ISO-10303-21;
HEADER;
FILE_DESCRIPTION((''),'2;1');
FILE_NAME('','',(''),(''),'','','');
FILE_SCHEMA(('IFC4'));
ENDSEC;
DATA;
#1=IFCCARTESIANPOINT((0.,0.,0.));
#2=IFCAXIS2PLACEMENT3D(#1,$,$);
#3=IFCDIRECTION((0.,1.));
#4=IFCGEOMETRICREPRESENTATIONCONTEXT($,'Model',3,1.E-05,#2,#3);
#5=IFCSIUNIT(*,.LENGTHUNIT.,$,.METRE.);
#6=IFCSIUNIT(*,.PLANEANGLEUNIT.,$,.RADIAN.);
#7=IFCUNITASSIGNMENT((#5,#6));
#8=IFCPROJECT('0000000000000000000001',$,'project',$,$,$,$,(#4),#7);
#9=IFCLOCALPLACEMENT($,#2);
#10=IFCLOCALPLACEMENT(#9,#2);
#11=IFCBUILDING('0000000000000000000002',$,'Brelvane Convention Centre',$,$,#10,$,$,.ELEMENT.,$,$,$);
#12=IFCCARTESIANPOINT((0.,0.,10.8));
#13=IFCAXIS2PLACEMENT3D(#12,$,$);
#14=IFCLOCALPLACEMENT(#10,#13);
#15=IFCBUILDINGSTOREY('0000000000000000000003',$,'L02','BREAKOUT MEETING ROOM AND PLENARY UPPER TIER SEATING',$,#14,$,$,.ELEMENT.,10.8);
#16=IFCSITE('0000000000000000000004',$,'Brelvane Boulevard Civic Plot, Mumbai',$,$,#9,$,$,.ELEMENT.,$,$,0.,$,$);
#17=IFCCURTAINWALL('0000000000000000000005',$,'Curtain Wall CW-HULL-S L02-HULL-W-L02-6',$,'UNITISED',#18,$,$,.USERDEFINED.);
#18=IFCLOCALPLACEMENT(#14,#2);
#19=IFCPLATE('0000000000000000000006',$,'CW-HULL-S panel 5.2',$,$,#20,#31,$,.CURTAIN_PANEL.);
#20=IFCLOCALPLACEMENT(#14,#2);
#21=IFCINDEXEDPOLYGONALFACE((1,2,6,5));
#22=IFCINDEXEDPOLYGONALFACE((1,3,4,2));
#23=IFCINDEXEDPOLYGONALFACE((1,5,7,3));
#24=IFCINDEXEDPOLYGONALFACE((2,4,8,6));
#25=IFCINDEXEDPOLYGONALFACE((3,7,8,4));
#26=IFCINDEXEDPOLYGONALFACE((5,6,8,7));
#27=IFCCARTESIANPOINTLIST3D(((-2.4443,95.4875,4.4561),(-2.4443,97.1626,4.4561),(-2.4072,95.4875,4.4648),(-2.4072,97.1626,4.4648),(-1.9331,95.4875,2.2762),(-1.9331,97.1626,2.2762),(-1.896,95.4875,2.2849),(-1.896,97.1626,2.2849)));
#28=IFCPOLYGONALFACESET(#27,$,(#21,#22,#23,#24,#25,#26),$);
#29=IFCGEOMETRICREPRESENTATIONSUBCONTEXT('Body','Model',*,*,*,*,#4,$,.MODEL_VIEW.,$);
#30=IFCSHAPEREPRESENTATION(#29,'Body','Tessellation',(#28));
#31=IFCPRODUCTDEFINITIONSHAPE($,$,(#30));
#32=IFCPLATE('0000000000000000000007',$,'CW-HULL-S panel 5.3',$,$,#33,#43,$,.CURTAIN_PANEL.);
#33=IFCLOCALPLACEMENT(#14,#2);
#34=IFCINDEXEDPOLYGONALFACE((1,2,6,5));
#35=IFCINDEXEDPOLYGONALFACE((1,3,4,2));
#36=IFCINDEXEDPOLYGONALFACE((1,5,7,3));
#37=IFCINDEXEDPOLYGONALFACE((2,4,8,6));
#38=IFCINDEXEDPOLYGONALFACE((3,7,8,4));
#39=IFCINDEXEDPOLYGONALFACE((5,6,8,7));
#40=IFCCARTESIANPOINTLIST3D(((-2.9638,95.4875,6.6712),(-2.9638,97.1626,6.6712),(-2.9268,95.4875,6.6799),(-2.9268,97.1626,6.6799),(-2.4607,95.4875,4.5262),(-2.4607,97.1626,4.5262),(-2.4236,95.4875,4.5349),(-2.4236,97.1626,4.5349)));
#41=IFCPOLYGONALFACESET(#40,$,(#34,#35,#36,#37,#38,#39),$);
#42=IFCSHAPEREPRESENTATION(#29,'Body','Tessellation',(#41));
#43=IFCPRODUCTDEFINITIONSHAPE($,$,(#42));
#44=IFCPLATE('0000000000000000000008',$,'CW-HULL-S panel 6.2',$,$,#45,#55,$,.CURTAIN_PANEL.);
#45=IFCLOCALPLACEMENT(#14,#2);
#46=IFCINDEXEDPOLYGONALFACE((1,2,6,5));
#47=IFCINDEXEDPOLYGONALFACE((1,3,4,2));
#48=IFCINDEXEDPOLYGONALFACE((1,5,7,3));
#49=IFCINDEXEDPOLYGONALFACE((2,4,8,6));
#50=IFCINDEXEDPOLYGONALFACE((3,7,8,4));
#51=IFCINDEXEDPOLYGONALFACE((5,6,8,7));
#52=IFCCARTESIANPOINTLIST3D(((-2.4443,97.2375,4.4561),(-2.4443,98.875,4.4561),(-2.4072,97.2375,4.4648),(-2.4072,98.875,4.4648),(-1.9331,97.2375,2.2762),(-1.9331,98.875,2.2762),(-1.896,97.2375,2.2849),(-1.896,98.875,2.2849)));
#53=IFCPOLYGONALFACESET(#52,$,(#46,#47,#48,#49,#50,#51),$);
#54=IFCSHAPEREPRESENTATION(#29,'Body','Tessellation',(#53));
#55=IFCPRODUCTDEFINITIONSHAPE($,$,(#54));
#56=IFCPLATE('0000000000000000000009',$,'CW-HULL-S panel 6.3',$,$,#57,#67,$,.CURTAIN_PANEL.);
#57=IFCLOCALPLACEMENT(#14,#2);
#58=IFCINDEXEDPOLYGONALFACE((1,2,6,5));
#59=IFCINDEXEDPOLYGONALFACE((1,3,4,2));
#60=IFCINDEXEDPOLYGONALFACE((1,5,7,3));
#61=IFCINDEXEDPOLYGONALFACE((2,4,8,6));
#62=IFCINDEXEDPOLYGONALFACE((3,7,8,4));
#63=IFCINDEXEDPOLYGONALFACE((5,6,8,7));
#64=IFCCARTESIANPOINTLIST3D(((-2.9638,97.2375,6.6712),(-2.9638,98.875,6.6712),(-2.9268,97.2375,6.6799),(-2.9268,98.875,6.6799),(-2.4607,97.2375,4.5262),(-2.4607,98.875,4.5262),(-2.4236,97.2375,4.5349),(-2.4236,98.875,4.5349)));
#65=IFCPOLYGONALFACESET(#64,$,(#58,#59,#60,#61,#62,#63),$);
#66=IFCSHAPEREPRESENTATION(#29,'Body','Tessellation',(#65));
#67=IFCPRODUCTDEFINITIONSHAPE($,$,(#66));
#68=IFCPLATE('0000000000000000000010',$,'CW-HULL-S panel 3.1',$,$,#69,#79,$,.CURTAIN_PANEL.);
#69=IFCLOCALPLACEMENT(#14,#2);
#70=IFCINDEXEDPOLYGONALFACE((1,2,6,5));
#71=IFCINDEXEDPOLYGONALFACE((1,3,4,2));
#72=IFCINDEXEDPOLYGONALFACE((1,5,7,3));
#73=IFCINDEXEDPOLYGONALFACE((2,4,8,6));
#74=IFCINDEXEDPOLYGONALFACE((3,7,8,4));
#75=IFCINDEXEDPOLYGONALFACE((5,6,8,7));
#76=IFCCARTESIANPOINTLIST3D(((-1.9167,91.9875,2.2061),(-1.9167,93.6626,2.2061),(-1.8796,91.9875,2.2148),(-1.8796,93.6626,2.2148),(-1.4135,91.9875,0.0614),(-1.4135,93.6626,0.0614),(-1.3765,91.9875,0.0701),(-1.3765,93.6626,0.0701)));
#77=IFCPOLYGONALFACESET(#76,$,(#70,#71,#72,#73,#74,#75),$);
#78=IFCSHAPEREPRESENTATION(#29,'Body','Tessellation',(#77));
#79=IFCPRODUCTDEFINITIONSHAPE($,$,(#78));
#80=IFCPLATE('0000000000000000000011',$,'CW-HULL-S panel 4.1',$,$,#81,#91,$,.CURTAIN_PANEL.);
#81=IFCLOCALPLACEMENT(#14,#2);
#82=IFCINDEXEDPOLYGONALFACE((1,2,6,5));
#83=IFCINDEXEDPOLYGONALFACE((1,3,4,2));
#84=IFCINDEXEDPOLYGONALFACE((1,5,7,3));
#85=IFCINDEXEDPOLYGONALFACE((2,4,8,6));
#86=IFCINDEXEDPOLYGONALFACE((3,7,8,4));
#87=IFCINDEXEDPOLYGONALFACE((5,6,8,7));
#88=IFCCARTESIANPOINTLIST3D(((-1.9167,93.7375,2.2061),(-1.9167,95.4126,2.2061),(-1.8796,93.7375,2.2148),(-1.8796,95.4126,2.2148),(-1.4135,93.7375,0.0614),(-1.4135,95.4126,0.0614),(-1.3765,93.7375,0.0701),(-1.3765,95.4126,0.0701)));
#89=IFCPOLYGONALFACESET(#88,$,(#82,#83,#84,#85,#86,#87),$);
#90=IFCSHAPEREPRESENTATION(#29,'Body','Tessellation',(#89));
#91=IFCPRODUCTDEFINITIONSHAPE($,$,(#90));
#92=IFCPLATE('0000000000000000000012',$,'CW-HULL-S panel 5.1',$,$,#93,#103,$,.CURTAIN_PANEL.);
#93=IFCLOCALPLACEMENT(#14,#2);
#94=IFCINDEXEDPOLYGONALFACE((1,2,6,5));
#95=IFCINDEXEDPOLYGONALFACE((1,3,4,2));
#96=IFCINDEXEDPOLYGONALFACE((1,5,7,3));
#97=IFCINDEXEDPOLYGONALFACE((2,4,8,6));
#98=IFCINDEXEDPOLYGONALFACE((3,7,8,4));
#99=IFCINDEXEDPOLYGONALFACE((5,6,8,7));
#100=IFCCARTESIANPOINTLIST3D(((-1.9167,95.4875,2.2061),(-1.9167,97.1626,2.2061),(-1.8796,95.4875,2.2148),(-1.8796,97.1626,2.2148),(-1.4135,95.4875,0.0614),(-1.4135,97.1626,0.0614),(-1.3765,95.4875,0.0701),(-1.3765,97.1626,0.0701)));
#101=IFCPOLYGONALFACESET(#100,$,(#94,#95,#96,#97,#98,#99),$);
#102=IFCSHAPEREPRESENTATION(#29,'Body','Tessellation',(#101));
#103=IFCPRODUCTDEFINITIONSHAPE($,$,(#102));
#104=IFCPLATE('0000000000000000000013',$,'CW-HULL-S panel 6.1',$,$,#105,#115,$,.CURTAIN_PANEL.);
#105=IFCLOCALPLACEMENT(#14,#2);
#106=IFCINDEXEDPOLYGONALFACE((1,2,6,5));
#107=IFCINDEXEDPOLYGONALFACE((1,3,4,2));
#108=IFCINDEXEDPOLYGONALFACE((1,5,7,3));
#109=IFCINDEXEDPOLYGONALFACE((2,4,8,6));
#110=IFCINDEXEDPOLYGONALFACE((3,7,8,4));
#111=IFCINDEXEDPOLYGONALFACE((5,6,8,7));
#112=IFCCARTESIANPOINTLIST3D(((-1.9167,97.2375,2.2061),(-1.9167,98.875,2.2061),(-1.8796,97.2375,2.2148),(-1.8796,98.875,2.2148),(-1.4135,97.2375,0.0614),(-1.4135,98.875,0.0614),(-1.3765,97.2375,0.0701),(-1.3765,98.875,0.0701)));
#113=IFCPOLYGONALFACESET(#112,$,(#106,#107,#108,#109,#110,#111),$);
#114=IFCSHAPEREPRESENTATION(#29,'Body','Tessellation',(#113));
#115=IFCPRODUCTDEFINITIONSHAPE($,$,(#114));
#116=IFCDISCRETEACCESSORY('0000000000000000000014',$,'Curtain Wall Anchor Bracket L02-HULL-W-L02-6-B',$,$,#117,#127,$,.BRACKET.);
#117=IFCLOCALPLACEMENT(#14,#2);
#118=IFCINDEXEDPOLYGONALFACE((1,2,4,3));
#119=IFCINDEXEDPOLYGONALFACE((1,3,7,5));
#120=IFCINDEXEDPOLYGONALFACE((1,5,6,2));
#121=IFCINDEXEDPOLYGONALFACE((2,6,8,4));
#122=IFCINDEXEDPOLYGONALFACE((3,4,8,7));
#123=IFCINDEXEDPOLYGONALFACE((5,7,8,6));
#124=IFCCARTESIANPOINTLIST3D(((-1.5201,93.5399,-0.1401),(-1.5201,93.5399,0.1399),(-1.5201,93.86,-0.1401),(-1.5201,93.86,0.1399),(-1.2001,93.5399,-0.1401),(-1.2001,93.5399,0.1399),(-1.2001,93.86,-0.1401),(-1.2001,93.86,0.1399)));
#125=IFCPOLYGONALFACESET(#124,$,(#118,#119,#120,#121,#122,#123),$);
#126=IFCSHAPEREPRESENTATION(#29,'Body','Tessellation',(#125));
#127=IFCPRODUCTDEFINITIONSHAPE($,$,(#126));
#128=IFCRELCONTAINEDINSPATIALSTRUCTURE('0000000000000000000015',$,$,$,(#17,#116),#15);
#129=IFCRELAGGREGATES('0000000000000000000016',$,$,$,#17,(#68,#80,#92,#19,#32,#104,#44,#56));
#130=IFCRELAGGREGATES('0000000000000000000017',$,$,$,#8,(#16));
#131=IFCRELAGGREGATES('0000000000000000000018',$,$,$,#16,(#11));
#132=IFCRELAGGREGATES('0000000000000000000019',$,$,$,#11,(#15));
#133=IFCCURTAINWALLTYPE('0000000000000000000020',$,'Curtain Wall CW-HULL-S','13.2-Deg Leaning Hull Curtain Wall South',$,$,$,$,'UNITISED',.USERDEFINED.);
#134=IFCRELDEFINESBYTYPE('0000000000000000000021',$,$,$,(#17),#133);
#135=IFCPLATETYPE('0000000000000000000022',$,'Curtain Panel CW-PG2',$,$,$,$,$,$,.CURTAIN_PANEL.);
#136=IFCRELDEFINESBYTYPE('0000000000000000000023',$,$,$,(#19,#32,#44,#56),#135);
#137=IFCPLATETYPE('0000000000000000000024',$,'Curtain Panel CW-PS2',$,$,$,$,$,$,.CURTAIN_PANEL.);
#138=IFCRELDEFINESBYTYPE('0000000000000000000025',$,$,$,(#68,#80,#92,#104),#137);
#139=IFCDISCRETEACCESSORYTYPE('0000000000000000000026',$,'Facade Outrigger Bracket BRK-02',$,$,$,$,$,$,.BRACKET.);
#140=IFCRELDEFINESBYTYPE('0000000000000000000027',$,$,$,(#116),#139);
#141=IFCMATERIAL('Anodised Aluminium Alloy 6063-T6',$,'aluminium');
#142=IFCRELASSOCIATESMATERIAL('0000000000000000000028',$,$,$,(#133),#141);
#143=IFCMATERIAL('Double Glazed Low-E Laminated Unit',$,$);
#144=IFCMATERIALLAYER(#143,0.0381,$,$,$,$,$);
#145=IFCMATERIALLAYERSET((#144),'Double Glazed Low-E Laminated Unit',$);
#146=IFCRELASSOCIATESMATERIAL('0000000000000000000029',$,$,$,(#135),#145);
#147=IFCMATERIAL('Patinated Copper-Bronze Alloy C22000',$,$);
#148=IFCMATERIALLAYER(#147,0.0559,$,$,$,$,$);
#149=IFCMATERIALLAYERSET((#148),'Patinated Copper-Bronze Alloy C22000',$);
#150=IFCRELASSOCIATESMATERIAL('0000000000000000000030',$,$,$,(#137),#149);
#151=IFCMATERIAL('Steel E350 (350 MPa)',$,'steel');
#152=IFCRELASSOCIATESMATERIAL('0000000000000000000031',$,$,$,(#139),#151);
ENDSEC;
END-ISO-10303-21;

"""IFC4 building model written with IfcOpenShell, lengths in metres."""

from ifc_helpers import new_model, si_unit, direction, frame, origin, origin_2d, place, context, subcontext, project, spatial, polyline, rectangle, outline, extrude, material, layer, layer_set, type_object, element, aggregate, save


model = new_model("IFC4")

# Units and contexts
model_context = context("Model", 3, precision=1e-05, world=origin(), true_north=direction((0.0, 1.0)))
body_context = subcontext(model_context, "Body", "Model", "MODEL_VIEW")
ifc_project = project(units=[si_unit("LENGTHUNIT", "METRE"), si_unit("PLANEANGLEUNIT", "RADIAN")], contexts=[model_context])

# Site, building, storey
site_placement = place(None, origin())
site = spatial("IfcSite", under=ifc_project, at=site_placement, Name="Brelvane Boulevard Civic Plot, Mumbai", CompositionType="ELEMENT", RefElevation=0.0)
building_placement = place(site_placement, origin())
building = spatial("IfcBuilding", under=site, at=building_placement, Name="Brelvane Convention Centre", CompositionType="ELEMENT")
storey_placement = place(building_placement, frame((0.0, 0.0, 10.8)))
storey = spatial("IfcBuildingStorey", under=building, at=storey_placement, Name="L02", Description="BREAKOUT MEETING ROOM AND PLENARY UPPER TIER SEATING", CompositionType="ELEMENT", Elevation=10.8)

# Curtain wall, plates
ifc_material_1 = material(Name="Anodised Aluminium Alloy 6063-T6", Category="aluminium")
curtain_wall_type = type_object("IfcCurtainWallType", Name="Curtain Wall CW-HULL-S", Description="13.2-Deg Leaning Hull Curtain Wall South", ElementType="UNITISED", PredefinedType="USERDEFINED", material=ifc_material_1)
curtain_wall_placement = place(storey_placement, origin())
curtain_wall = element("IfcCurtainWall", 1, at=curtain_wall_placement, inside=storey, type_object=curtain_wall_type, Name="Curtain Wall CW-HULL-S L02-HULL-W-L02-6", ObjectType="UNITISED", PredefinedType="USERDEFINED")
ifc_material_2 = material(Name="Double Glazed Low-E Laminated Unit")
ifc_layer_1 = layer(ifc_material_2, 0.0381)
ifc_layer_set_1 = layer_set([ifc_layer_1], Name="Double Glazed Low-E Laminated Unit")
plate_type_1 = type_object("IfcPlateType", Name="Curtain Panel CW-PG2", PredefinedType="CURTAIN_PANEL", material=ifc_layer_set_1)
plate_1_placement = place(storey_placement, frame((-1.896, 95.4875, 2.2849), z_axis=(0.973586, 0.0, 0.228322), x_axis=(0.0, 1.0, 0.0)))
plate_1 = element("IfcPlate", 2, at=plate_1_placement, type_object=plate_type_1, Name="CW-HULL-S panel 5.2", PredefinedType="CURTAIN_PANEL", context=body_context, shape_type="SweptSolid", body=[
    extrude(outline(polyline([(0.0, 0.0), (1.675, 0.0), (1.675, 2.2391), (0.0, 2.2391), (0.0, 0.0)])), origin(), (0.0, 0.0, -1.0), 0.0381),
])
plate_2_placement = place(storey_placement, frame((-2.4236, 95.4875, 4.5349), z_axis=(0.973572, 0.0, 0.228378), x_axis=(0.0, 1.0, 0.0)))
plate_2 = element("IfcPlate", 3, at=plate_2_placement, type_object=plate_type_1, Name="CW-HULL-S panel 5.3", PredefinedType="CURTAIN_PANEL", context=body_context, shape_type="SweptSolid", body=[
    extrude(outline(polyline([(0.0, 0.0), (1.675, 0.0), (1.675, 2.2032), (0.0, 2.2032), (0.0, 0.0)])), origin(), (0.0, 0.0, -1.0), 0.0381),
])
plate_3_placement = place(storey_placement, frame((-1.896, 97.2375, 2.2849), z_axis=(0.973586, 0.0, 0.228322), x_axis=(0.0, 1.0, 0.0)))
plate_3 = element("IfcPlate", 4, at=plate_3_placement, type_object=plate_type_1, Name="CW-HULL-S panel 6.2", PredefinedType="CURTAIN_PANEL", context=body_context, shape_type="SweptSolid", body=[
    extrude(outline(polyline([(0.0, 0.0), (1.6375, 0.0), (1.6375, 2.2391), (0.0, 2.2391), (0.0, 0.0)])), origin(), (0.0, 0.0, -1.0), 0.0381),
])
plate_4_placement = place(storey_placement, frame((-2.4236, 97.2375, 4.5349), z_axis=(0.973572, 0.0, 0.228378), x_axis=(0.0, 1.0, 0.0)))
plate_4 = element("IfcPlate", 5, at=plate_4_placement, type_object=plate_type_1, Name="CW-HULL-S panel 6.3", PredefinedType="CURTAIN_PANEL", context=body_context, shape_type="SweptSolid", body=[
    extrude(outline(polyline([(0.0, 0.0), (1.6375, 0.0), (1.6375, 2.2032), (0.0, 2.2032), (0.0, 0.0)])), origin(), (0.0, 0.0, -1.0), 0.0381),
])
ifc_material_3 = material(Name="Patinated Copper-Bronze Alloy C22000")
ifc_layer_2 = layer(ifc_material_3, 0.0559)
ifc_layer_set_2 = layer_set([ifc_layer_2], Name="Patinated Copper-Bronze Alloy C22000")
plate_type_2 = type_object("IfcPlateType", Name="Curtain Panel CW-PS2", PredefinedType="CURTAIN_PANEL", material=ifc_layer_set_2)
plate_5_placement = place(storey_placement, frame((-1.3765, 91.9875, 0.0701), z_axis=(0.973567, 0.0, 0.228403), x_axis=(0.0, 1.0, 0.0)))
plate_5 = element("IfcPlate", 6, at=plate_5_placement, type_object=plate_type_2, Name="CW-HULL-S panel 3.1", PredefinedType="CURTAIN_PANEL", context=body_context, shape_type="SweptSolid", body=[
    extrude(outline(polyline([(0.0, 0.0), (1.675, 0.0), (1.675, 2.203), (0.0, 2.203), (0.0, 0.0)])), origin(), (0.0, 0.0, -1.0), 0.0381),
])
plate_6_placement = place(storey_placement, frame((-1.3765, 93.7375, 0.0701), z_axis=(0.973567, 0.0, 0.228403), x_axis=(0.0, 1.0, 0.0)))
plate_6 = element("IfcPlate", 7, at=plate_6_placement, type_object=plate_type_2, Name="CW-HULL-S panel 4.1", PredefinedType="CURTAIN_PANEL", context=body_context, shape_type="SweptSolid", body=[
    extrude(outline(polyline([(0.0, 0.0), (1.675, 0.0), (1.675, 2.203), (0.0, 2.203), (0.0, 0.0)])), origin(), (0.0, 0.0, -1.0), 0.0381),
])
plate_7_placement = place(storey_placement, frame((-1.3765, 95.4875, 0.0701), z_axis=(0.973567, 0.0, 0.228403), x_axis=(0.0, 1.0, 0.0)))
plate_7 = element("IfcPlate", 8, at=plate_7_placement, type_object=plate_type_2, Name="CW-HULL-S panel 5.1", PredefinedType="CURTAIN_PANEL", context=body_context, shape_type="SweptSolid", body=[
    extrude(outline(polyline([(0.0, 0.0), (1.675, 0.0), (1.675, 2.203), (0.0, 2.203), (0.0, 0.0)])), origin(), (0.0, 0.0, -1.0), 0.0381),
])
plate_8_placement = place(storey_placement, frame((-1.3765, 97.2375, 0.0701), z_axis=(0.973567, 0.0, 0.228403), x_axis=(0.0, 1.0, 0.0)))
plate_8 = element("IfcPlate", 9, at=plate_8_placement, type_object=plate_type_2, Name="CW-HULL-S panel 6.1", PredefinedType="CURTAIN_PANEL", context=body_context, shape_type="SweptSolid", body=[
    extrude(outline(polyline([(0.0, 0.0), (1.6375, 0.0), (1.6375, 2.203), (0.0, 2.203), (0.0, 0.0)])), origin(), (0.0, 0.0, -1.0), 0.0381),
])
aggregate(curtain_wall, [plate_5, plate_6, plate_7, plate_1, plate_2, plate_8, plate_3, plate_4])

# Discrete accessory
ifc_material_4 = material(Name="Steel E350 (350 MPa)", Category="steel")
discrete_accessory_type = type_object("IfcDiscreteAccessoryType", Name="Facade Outrigger Bracket BRK-02", PredefinedType="BRACKET", material=ifc_material_4)
discrete_accessory_placement = place(storey_placement, frame((-1.3601, 93.7, -0.1401), z_axis=(0.0, 0.0, 1.0), x_axis=(1.0, 0.0, 0.0)))
element("IfcDiscreteAccessory", 10, at=discrete_accessory_placement, inside=storey, type_object=discrete_accessory_type, Name="Curtain Wall Anchor Bracket L02-HULL-W-L02-6-B", PredefinedType="BRACKET", context=body_context, shape_type="SweptSolid", body=[
    extrude(rectangle(XDim=0.3201, YDim=0.3201, at=origin_2d()), origin(), (0.0, 0.0, 1.0), 0.28),
])

save(model, "model.ifc")
